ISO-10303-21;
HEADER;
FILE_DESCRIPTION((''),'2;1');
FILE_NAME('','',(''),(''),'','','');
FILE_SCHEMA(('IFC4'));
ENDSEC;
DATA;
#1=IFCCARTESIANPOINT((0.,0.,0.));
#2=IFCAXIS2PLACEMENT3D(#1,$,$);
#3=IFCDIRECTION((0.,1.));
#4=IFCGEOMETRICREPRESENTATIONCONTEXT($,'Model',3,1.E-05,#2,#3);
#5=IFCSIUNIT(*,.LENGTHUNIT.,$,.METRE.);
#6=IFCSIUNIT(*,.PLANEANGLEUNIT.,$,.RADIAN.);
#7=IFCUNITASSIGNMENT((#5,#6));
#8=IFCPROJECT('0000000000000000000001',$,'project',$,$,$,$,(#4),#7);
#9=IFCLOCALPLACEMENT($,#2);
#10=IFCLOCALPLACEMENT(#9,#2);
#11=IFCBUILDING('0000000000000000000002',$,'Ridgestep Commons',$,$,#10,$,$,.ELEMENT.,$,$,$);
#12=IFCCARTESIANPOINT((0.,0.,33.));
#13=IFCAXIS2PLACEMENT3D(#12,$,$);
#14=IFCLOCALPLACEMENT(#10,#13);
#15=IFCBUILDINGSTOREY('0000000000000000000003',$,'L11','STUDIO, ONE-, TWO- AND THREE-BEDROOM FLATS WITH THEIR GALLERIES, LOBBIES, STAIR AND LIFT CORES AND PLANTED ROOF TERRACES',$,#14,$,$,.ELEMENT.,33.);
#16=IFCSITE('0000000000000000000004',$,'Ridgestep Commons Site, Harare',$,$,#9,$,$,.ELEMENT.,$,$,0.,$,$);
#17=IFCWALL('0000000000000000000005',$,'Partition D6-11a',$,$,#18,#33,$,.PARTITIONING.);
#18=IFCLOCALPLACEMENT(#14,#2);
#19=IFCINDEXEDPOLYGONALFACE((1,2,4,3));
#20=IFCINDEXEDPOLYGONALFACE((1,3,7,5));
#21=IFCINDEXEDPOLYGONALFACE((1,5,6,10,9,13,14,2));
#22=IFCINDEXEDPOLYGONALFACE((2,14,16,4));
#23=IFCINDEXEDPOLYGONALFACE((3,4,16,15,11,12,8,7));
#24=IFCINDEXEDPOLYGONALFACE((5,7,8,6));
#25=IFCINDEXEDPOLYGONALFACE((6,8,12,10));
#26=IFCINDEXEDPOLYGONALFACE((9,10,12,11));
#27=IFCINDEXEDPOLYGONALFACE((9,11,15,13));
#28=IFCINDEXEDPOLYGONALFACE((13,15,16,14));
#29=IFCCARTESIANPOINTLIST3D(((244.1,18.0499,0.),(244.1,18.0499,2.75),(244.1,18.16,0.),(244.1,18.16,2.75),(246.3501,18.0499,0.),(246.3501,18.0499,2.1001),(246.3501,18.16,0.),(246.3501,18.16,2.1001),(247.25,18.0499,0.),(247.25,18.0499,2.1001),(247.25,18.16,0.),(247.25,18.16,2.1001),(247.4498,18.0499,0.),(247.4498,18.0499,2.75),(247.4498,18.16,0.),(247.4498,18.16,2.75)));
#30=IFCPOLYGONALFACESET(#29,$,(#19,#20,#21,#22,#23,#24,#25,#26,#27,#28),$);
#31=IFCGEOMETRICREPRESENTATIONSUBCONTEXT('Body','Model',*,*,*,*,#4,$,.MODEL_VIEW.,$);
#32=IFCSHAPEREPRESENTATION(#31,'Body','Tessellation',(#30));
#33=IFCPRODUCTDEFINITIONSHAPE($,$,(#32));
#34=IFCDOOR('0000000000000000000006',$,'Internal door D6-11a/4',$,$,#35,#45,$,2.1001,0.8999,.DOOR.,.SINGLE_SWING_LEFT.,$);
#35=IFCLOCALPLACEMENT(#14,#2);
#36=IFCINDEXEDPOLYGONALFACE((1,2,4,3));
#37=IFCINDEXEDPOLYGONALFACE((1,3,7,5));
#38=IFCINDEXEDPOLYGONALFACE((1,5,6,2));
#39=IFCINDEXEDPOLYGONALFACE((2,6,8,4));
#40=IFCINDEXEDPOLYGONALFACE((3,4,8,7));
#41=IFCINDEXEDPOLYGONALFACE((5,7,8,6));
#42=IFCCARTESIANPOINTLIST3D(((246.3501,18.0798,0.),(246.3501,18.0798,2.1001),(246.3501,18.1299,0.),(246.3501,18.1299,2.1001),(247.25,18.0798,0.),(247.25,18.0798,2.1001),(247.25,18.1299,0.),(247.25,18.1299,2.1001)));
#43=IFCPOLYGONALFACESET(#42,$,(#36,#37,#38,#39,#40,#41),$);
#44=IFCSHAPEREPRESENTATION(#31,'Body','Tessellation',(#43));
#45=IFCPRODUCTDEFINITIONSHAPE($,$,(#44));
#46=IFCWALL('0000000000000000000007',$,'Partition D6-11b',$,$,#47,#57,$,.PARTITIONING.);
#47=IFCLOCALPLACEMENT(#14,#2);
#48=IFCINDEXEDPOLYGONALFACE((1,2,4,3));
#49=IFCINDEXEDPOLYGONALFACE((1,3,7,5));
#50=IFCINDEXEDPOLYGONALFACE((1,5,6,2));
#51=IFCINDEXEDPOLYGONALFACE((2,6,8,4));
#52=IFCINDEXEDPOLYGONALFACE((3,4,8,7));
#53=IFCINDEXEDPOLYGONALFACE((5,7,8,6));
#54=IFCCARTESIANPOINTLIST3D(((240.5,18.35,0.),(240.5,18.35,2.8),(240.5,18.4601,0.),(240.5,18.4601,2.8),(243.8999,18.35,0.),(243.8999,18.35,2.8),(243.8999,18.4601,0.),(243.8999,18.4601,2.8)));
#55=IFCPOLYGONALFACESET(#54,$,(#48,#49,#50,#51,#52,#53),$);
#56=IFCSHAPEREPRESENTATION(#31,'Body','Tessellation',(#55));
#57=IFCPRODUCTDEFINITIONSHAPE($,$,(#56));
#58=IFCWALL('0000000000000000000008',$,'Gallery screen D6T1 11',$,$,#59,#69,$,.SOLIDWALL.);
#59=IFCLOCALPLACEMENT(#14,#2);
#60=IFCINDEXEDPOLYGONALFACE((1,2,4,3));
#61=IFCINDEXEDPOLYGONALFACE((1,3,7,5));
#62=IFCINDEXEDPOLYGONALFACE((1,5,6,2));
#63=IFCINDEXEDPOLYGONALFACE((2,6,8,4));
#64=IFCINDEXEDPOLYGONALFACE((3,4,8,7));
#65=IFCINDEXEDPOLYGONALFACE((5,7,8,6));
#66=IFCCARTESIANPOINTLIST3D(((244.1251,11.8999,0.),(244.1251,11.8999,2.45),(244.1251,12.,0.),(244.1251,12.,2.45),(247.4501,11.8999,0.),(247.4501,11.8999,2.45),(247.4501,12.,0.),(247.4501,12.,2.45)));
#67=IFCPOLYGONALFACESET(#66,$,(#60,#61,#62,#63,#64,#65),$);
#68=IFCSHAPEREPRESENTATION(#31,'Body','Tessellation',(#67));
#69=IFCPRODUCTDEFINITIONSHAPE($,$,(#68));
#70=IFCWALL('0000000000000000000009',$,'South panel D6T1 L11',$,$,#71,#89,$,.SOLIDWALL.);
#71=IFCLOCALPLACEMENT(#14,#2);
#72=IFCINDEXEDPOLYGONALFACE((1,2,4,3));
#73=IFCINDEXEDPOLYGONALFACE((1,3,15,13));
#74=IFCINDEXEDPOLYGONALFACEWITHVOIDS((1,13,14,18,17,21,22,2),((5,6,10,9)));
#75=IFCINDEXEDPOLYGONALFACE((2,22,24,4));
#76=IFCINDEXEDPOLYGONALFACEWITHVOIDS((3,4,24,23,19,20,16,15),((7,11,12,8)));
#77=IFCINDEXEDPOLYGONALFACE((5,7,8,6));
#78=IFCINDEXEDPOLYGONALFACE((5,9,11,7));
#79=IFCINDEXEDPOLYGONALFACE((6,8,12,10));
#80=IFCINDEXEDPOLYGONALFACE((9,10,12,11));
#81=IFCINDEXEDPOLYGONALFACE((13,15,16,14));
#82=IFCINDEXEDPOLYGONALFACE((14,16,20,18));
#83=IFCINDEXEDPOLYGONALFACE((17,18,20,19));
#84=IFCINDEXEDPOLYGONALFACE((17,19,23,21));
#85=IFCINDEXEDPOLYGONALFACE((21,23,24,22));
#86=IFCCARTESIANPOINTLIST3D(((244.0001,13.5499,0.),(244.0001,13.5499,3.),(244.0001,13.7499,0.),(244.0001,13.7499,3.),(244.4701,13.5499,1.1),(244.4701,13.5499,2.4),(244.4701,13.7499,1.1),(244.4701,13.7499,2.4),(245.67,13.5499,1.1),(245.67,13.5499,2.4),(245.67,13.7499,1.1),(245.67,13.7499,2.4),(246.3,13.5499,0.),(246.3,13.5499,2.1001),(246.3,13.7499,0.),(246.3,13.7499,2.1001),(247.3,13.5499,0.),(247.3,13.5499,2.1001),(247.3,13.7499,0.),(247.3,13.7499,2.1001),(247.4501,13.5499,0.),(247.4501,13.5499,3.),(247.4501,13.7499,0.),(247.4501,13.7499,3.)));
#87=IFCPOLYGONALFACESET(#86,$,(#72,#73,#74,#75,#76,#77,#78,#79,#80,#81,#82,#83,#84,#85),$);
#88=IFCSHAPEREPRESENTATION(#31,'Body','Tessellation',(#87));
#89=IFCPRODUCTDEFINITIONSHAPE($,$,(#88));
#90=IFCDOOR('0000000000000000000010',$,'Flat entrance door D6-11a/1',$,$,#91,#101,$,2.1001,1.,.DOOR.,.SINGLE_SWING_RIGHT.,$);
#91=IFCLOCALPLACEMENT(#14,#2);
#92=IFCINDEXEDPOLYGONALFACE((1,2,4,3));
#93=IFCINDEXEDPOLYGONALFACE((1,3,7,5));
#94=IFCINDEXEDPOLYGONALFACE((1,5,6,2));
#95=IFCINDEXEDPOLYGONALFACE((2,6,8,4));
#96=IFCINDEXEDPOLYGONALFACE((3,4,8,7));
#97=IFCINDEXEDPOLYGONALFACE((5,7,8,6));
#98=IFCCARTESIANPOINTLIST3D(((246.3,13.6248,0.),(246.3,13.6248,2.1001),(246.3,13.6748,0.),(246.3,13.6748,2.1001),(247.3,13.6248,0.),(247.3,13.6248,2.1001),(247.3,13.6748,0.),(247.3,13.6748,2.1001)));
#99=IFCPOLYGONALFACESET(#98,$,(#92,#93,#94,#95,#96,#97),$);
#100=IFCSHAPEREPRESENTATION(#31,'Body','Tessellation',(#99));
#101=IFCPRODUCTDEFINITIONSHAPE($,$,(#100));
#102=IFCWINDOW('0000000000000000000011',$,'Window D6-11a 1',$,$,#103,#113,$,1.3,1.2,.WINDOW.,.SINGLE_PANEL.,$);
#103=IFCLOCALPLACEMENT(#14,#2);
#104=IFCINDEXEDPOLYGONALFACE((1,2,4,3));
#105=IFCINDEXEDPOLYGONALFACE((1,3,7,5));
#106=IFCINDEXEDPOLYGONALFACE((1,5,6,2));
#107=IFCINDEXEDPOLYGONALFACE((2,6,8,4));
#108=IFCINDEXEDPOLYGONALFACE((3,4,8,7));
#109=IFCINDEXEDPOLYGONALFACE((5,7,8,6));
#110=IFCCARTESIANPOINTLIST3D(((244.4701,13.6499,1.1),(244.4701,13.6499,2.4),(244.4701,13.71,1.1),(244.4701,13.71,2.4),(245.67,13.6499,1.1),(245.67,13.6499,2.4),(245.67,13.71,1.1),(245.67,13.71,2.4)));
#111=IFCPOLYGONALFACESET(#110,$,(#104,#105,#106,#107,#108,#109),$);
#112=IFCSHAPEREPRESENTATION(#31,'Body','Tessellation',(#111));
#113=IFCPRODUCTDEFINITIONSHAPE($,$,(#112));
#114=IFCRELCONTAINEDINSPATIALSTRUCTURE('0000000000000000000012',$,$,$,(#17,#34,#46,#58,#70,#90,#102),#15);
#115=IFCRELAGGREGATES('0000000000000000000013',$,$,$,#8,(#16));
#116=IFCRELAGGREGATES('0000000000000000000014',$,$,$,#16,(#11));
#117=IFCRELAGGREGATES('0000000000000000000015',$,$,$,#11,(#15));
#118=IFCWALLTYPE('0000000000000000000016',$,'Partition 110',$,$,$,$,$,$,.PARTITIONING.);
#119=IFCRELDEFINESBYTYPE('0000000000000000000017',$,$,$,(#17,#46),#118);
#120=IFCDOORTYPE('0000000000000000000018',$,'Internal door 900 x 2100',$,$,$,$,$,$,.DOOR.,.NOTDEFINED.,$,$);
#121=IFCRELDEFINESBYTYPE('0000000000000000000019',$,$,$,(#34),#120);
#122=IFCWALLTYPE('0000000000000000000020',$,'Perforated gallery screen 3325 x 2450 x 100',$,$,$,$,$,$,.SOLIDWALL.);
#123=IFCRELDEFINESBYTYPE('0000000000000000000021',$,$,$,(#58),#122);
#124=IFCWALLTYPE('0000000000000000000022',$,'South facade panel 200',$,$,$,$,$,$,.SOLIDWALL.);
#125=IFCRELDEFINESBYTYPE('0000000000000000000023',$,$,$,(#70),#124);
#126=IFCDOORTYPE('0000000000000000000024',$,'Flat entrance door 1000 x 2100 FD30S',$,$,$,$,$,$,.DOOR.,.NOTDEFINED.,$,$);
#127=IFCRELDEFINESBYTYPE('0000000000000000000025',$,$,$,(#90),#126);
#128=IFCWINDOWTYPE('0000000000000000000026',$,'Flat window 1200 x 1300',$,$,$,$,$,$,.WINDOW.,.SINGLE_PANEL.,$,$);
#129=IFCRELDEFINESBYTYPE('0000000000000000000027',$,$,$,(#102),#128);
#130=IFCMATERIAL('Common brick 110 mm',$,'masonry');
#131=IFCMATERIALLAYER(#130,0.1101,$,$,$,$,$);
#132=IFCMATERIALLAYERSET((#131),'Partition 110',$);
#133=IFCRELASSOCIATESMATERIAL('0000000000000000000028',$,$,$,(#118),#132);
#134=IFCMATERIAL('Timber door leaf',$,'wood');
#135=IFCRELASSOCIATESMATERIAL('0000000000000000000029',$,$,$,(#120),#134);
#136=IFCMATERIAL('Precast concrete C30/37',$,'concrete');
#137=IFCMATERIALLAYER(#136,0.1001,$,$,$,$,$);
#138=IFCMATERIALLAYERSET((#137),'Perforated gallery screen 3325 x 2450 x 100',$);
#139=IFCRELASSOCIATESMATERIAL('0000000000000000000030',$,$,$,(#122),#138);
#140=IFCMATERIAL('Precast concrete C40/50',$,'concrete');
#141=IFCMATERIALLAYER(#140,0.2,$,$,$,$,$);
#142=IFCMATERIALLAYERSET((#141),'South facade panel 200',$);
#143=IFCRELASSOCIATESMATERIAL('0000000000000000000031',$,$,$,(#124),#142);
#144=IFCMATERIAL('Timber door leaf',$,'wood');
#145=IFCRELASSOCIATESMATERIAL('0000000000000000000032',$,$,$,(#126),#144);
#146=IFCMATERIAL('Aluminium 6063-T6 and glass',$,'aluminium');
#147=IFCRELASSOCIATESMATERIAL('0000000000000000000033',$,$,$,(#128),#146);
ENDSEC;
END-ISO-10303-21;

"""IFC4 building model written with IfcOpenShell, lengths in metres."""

from ifc_helpers import new_model, si_unit, direction, frame, frame_2d, origin, place, context, subcontext, project, spatial, rectangle, extrude, material, layer, layer_set, type_object, element, fill, save


model = new_model("IFC4")

# Units and contexts
model_context = context("Model", 3, precision=1e-05, world=origin(), true_north=direction((0.0, 1.0)))
body_context = subcontext(model_context, "Body", "Model", "MODEL_VIEW")
ifc_project = project(units=[si_unit("LENGTHUNIT", "METRE"), si_unit("PLANEANGLEUNIT", "RADIAN")], contexts=[model_context])

# Site, building, storey
site_placement = place(None, origin())
site = spatial("IfcSite", under=ifc_project, at=site_placement, Name="Ridgestep Commons Site, Harare", CompositionType="ELEMENT", RefElevation=0.0)
building_placement = place(site_placement, origin())
building = spatial("IfcBuilding", under=site, at=building_placement, Name="Ridgestep Commons", CompositionType="ELEMENT")
storey_placement = place(building_placement, frame((0.0, 0.0, 33.0)))
storey = spatial("IfcBuildingStorey", under=building, at=storey_placement, Name="L11", Description="STUDIO, ONE-, TWO- AND THREE-BEDROOM FLATS WITH THEIR GALLERIES, LOBBIES, STAIR AND LIFT CORES AND PLANTED ROOF TERRACES", CompositionType="ELEMENT", Elevation=33.0)

# Shared definitions
ifc_material_1 = material(Name="Common brick 110 mm", Category="masonry")
ifc_layer_1 = layer(ifc_material_1, 0.1101)
ifc_layer_set_1 = layer_set([ifc_layer_1], Name="Partition 110")
wall_type_1 = type_object("IfcWallType", Name="Partition 110", PredefinedType="PARTITIONING", material=ifc_layer_set_1)

# Wall, opening, door
wall_1_placement = place(storey_placement, frame((244.1001, 18.105, 0.0), z_axis=(0.0, 0.0, 1.0), x_axis=(1.0, 0.0, 0.0)))
wall_1 = element("IfcWall", 1, at=wall_1_placement, inside=storey, type_object=wall_type_1, Name="Partition D6-11a", PredefinedType="PARTITIONING", context=body_context, shape_type="SweptSolid", body=[
    extrude(rectangle(XDim=3.3499, YDim=0.1101, at=frame_2d((1.6748, 0.0))), origin(), (0.0, 0.0, 1.0), 2.75),
])
opening_1_placement = place(wall_1_placement, frame((2.25, 0.0, 0.0)))
opening_1 = element("IfcOpeningElement", 2, at=opening_1_placement, cuts=wall_1, PredefinedType="OPENING", context=body_context, shape_type="SweptSolid", body=[
    extrude(rectangle(XDim=0.8999, YDim=2.1001, at=frame_2d((0.45, 1.05))), frame((0.0, 0.0649, 0.0), z_axis=(0.0, -1.0, 0.0), x_axis=(1.0, 0.0, 0.0)), (0.0, 0.0, 1.0), 0.1301),
])
ifc_material_2 = material(Name="Timber door leaf", Category="wood")
door_type_1 = type_object("IfcDoorType", Name="Internal door 900 x 2100", OperationType="NOTDEFINED", PredefinedType="DOOR", material=ifc_material_2)
door_1_placement = place(opening_1_placement, origin())
door_1 = element("IfcDoor", 3, at=door_1_placement, inside=storey, type_object=door_type_1, Name="Internal door D6-11a/4", OperationType="SINGLE_SWING_LEFT", OverallHeight=2.1001, OverallWidth=0.8999, PredefinedType="DOOR", context=body_context, shape_type="SweptSolid", body=[
    extrude(rectangle(XDim=0.8999, YDim=2.1001, at=frame_2d((0.45, 1.05))), frame((0.0, 0.0249, 0.0), z_axis=(0.0, -1.0, 0.0), x_axis=(1.0, 0.0, 0.0)), (0.0, 0.0, 1.0), 0.05),
])
fill(opening_1, door_1)

# Walls
wall_2_placement = place(storey_placement, frame((240.5, 18.405, 0.0), z_axis=(0.0, 0.0, 1.0), x_axis=(1.0, 0.0, 0.0)))
element("IfcWall", 4, at=wall_2_placement, inside=storey, type_object=wall_type_1, Name="Partition D6-11b", PredefinedType="PARTITIONING", context=body_context, shape_type="SweptSolid", body=[
    extrude(rectangle(XDim=3.3999, YDim=0.1101, at=frame_2d((1.7, 0.0))), origin(), (0.0, 0.0, 1.0), 2.8),
])
ifc_material_3 = material(Name="Precast concrete C30/37", Category="concrete")
ifc_layer_2 = layer(ifc_material_3, 0.1001)
ifc_layer_set_2 = layer_set([ifc_layer_2], Name="Perforated gallery screen 3325 x 2450 x 100")
wall_type_2 = type_object("IfcWallType", Name="Perforated gallery screen 3325 x 2450 x 100", PredefinedType="SOLIDWALL", material=ifc_layer_set_2)
wall_3_placement = place(storey_placement, frame((244.125, 11.95, 0.0), z_axis=(0.0, 0.0, 1.0), x_axis=(1.0, 0.0, 0.0)))
element("IfcWall", 5, at=wall_3_placement, inside=storey, type_object=wall_type_2, Name="Gallery screen D6T1 11", PredefinedType="SOLIDWALL", context=body_context, shape_type="SweptSolid", body=[
    extrude(rectangle(XDim=3.325, YDim=0.1001, at=frame_2d((1.6626, 0.0))), origin(), (0.0, 0.0, 1.0), 2.45),
])

# Wall, openings, door, window
ifc_material_4 = material(Name="Precast concrete C40/50", Category="concrete")
ifc_layer_3 = layer(ifc_material_4, 0.2)
ifc_layer_set_3 = layer_set([ifc_layer_3], Name="South facade panel 200")
wall_type_3 = type_object("IfcWallType", Name="South facade panel 200", PredefinedType="SOLIDWALL", material=ifc_layer_set_3)
wall_4_placement = place(storey_placement, frame((244.0, 13.6499, 0.0), z_axis=(0.0, 0.0, 1.0), x_axis=(1.0, 0.0, 0.0)))
wall_4 = element("IfcWall", 6, at=wall_4_placement, inside=storey, type_object=wall_type_3, Name="South panel D6T1 L11", PredefinedType="SOLIDWALL", context=body_context, shape_type="SweptSolid", body=[
    extrude(rectangle(XDim=3.45, YDim=0.2, at=frame_2d((1.7251, 0.0))), origin(), (0.0, 0.0, 1.0), 3.0),
])
opening_2_placement = place(wall_4_placement, frame((0.47, 0.0, 1.1001)))
opening_2 = element("IfcOpeningElement", 7, at=opening_2_placement, cuts=wall_4, PredefinedType="OPENING", context=body_context, shape_type="SweptSolid", body=[
    extrude(rectangle(XDim=1.2, YDim=1.3, at=frame_2d((0.6001, 0.6499))), frame((0.0, 0.1099, 0.0), z_axis=(0.0, -1.0, 0.0), x_axis=(1.0, 0.0, 0.0)), (0.0, 0.0, 1.0), 0.22),
])
opening_3_placement = place(wall_4_placement, frame((2.3, 0.0, 0.0)))
opening_3 = element("IfcOpeningElement", 8, at=opening_3_placement, cuts=wall_4, PredefinedType="OPENING", context=body_context, shape_type="SweptSolid", body=[
    extrude(rectangle(XDim=1.0, YDim=2.1001, at=frame_2d((0.5, 1.05))), frame((0.0, 0.1099, 0.0), z_axis=(0.0, -1.0, 0.0), x_axis=(1.0, 0.0, 0.0)), (0.0, 0.0, 1.0), 0.22),
])
ifc_material_5 = material(Name="Timber door leaf", Category="wood")
door_type_2 = type_object("IfcDoorType", Name="Flat entrance door 1000 x 2100 FD30S", OperationType="NOTDEFINED", PredefinedType="DOOR", material=ifc_material_5)
door_2_placement = place(opening_3_placement, origin())
door_2 = element("IfcDoor", 9, at=door_2_placement, inside=storey, type_object=door_type_2, Name="Flat entrance door D6-11a/1", OperationType="SINGLE_SWING_RIGHT", OverallHeight=2.1001, OverallWidth=1.0, PredefinedType="DOOR", context=body_context, shape_type="SweptSolid", body=[
    extrude(rectangle(XDim=1.0, YDim=2.1001, at=frame_2d((0.5, 1.05))), frame((0.0, 0.0249, 0.0), z_axis=(0.0, -1.0, 0.0), x_axis=(1.0, 0.0, 0.0)), (0.0, 0.0, 1.0), 0.05),
])
fill(opening_3, door_2)
ifc_material_6 = material(Name="Aluminium 6063-T6 and glass", Category="aluminium")
window_type_1 = type_object("IfcWindowType", Name="Flat window 1200 x 1300", PartitioningType="SINGLE_PANEL", PredefinedType="WINDOW", material=ifc_material_6)
window_1_placement = place(opening_2_placement, origin())
window_1 = element("IfcWindow", 10, at=window_1_placement, inside=storey, type_object=window_type_1, Name="Window D6-11a 1", OverallHeight=1.3, OverallWidth=1.2, PartitioningType="SINGLE_PANEL", PredefinedType="WINDOW", context=body_context, shape_type="SweptSolid", body=[
    extrude(rectangle(XDim=1.2, YDim=1.3, at=frame_2d((0.6001, 0.6499))), frame((0.0, 0.0601, 0.0), z_axis=(0.0, -1.0, 0.0), x_axis=(1.0, 0.0, 0.0)), (0.0, 0.0, 1.0), 0.0601),
])
fill(opening_2, window_1)

save(model, "model.ifc")
